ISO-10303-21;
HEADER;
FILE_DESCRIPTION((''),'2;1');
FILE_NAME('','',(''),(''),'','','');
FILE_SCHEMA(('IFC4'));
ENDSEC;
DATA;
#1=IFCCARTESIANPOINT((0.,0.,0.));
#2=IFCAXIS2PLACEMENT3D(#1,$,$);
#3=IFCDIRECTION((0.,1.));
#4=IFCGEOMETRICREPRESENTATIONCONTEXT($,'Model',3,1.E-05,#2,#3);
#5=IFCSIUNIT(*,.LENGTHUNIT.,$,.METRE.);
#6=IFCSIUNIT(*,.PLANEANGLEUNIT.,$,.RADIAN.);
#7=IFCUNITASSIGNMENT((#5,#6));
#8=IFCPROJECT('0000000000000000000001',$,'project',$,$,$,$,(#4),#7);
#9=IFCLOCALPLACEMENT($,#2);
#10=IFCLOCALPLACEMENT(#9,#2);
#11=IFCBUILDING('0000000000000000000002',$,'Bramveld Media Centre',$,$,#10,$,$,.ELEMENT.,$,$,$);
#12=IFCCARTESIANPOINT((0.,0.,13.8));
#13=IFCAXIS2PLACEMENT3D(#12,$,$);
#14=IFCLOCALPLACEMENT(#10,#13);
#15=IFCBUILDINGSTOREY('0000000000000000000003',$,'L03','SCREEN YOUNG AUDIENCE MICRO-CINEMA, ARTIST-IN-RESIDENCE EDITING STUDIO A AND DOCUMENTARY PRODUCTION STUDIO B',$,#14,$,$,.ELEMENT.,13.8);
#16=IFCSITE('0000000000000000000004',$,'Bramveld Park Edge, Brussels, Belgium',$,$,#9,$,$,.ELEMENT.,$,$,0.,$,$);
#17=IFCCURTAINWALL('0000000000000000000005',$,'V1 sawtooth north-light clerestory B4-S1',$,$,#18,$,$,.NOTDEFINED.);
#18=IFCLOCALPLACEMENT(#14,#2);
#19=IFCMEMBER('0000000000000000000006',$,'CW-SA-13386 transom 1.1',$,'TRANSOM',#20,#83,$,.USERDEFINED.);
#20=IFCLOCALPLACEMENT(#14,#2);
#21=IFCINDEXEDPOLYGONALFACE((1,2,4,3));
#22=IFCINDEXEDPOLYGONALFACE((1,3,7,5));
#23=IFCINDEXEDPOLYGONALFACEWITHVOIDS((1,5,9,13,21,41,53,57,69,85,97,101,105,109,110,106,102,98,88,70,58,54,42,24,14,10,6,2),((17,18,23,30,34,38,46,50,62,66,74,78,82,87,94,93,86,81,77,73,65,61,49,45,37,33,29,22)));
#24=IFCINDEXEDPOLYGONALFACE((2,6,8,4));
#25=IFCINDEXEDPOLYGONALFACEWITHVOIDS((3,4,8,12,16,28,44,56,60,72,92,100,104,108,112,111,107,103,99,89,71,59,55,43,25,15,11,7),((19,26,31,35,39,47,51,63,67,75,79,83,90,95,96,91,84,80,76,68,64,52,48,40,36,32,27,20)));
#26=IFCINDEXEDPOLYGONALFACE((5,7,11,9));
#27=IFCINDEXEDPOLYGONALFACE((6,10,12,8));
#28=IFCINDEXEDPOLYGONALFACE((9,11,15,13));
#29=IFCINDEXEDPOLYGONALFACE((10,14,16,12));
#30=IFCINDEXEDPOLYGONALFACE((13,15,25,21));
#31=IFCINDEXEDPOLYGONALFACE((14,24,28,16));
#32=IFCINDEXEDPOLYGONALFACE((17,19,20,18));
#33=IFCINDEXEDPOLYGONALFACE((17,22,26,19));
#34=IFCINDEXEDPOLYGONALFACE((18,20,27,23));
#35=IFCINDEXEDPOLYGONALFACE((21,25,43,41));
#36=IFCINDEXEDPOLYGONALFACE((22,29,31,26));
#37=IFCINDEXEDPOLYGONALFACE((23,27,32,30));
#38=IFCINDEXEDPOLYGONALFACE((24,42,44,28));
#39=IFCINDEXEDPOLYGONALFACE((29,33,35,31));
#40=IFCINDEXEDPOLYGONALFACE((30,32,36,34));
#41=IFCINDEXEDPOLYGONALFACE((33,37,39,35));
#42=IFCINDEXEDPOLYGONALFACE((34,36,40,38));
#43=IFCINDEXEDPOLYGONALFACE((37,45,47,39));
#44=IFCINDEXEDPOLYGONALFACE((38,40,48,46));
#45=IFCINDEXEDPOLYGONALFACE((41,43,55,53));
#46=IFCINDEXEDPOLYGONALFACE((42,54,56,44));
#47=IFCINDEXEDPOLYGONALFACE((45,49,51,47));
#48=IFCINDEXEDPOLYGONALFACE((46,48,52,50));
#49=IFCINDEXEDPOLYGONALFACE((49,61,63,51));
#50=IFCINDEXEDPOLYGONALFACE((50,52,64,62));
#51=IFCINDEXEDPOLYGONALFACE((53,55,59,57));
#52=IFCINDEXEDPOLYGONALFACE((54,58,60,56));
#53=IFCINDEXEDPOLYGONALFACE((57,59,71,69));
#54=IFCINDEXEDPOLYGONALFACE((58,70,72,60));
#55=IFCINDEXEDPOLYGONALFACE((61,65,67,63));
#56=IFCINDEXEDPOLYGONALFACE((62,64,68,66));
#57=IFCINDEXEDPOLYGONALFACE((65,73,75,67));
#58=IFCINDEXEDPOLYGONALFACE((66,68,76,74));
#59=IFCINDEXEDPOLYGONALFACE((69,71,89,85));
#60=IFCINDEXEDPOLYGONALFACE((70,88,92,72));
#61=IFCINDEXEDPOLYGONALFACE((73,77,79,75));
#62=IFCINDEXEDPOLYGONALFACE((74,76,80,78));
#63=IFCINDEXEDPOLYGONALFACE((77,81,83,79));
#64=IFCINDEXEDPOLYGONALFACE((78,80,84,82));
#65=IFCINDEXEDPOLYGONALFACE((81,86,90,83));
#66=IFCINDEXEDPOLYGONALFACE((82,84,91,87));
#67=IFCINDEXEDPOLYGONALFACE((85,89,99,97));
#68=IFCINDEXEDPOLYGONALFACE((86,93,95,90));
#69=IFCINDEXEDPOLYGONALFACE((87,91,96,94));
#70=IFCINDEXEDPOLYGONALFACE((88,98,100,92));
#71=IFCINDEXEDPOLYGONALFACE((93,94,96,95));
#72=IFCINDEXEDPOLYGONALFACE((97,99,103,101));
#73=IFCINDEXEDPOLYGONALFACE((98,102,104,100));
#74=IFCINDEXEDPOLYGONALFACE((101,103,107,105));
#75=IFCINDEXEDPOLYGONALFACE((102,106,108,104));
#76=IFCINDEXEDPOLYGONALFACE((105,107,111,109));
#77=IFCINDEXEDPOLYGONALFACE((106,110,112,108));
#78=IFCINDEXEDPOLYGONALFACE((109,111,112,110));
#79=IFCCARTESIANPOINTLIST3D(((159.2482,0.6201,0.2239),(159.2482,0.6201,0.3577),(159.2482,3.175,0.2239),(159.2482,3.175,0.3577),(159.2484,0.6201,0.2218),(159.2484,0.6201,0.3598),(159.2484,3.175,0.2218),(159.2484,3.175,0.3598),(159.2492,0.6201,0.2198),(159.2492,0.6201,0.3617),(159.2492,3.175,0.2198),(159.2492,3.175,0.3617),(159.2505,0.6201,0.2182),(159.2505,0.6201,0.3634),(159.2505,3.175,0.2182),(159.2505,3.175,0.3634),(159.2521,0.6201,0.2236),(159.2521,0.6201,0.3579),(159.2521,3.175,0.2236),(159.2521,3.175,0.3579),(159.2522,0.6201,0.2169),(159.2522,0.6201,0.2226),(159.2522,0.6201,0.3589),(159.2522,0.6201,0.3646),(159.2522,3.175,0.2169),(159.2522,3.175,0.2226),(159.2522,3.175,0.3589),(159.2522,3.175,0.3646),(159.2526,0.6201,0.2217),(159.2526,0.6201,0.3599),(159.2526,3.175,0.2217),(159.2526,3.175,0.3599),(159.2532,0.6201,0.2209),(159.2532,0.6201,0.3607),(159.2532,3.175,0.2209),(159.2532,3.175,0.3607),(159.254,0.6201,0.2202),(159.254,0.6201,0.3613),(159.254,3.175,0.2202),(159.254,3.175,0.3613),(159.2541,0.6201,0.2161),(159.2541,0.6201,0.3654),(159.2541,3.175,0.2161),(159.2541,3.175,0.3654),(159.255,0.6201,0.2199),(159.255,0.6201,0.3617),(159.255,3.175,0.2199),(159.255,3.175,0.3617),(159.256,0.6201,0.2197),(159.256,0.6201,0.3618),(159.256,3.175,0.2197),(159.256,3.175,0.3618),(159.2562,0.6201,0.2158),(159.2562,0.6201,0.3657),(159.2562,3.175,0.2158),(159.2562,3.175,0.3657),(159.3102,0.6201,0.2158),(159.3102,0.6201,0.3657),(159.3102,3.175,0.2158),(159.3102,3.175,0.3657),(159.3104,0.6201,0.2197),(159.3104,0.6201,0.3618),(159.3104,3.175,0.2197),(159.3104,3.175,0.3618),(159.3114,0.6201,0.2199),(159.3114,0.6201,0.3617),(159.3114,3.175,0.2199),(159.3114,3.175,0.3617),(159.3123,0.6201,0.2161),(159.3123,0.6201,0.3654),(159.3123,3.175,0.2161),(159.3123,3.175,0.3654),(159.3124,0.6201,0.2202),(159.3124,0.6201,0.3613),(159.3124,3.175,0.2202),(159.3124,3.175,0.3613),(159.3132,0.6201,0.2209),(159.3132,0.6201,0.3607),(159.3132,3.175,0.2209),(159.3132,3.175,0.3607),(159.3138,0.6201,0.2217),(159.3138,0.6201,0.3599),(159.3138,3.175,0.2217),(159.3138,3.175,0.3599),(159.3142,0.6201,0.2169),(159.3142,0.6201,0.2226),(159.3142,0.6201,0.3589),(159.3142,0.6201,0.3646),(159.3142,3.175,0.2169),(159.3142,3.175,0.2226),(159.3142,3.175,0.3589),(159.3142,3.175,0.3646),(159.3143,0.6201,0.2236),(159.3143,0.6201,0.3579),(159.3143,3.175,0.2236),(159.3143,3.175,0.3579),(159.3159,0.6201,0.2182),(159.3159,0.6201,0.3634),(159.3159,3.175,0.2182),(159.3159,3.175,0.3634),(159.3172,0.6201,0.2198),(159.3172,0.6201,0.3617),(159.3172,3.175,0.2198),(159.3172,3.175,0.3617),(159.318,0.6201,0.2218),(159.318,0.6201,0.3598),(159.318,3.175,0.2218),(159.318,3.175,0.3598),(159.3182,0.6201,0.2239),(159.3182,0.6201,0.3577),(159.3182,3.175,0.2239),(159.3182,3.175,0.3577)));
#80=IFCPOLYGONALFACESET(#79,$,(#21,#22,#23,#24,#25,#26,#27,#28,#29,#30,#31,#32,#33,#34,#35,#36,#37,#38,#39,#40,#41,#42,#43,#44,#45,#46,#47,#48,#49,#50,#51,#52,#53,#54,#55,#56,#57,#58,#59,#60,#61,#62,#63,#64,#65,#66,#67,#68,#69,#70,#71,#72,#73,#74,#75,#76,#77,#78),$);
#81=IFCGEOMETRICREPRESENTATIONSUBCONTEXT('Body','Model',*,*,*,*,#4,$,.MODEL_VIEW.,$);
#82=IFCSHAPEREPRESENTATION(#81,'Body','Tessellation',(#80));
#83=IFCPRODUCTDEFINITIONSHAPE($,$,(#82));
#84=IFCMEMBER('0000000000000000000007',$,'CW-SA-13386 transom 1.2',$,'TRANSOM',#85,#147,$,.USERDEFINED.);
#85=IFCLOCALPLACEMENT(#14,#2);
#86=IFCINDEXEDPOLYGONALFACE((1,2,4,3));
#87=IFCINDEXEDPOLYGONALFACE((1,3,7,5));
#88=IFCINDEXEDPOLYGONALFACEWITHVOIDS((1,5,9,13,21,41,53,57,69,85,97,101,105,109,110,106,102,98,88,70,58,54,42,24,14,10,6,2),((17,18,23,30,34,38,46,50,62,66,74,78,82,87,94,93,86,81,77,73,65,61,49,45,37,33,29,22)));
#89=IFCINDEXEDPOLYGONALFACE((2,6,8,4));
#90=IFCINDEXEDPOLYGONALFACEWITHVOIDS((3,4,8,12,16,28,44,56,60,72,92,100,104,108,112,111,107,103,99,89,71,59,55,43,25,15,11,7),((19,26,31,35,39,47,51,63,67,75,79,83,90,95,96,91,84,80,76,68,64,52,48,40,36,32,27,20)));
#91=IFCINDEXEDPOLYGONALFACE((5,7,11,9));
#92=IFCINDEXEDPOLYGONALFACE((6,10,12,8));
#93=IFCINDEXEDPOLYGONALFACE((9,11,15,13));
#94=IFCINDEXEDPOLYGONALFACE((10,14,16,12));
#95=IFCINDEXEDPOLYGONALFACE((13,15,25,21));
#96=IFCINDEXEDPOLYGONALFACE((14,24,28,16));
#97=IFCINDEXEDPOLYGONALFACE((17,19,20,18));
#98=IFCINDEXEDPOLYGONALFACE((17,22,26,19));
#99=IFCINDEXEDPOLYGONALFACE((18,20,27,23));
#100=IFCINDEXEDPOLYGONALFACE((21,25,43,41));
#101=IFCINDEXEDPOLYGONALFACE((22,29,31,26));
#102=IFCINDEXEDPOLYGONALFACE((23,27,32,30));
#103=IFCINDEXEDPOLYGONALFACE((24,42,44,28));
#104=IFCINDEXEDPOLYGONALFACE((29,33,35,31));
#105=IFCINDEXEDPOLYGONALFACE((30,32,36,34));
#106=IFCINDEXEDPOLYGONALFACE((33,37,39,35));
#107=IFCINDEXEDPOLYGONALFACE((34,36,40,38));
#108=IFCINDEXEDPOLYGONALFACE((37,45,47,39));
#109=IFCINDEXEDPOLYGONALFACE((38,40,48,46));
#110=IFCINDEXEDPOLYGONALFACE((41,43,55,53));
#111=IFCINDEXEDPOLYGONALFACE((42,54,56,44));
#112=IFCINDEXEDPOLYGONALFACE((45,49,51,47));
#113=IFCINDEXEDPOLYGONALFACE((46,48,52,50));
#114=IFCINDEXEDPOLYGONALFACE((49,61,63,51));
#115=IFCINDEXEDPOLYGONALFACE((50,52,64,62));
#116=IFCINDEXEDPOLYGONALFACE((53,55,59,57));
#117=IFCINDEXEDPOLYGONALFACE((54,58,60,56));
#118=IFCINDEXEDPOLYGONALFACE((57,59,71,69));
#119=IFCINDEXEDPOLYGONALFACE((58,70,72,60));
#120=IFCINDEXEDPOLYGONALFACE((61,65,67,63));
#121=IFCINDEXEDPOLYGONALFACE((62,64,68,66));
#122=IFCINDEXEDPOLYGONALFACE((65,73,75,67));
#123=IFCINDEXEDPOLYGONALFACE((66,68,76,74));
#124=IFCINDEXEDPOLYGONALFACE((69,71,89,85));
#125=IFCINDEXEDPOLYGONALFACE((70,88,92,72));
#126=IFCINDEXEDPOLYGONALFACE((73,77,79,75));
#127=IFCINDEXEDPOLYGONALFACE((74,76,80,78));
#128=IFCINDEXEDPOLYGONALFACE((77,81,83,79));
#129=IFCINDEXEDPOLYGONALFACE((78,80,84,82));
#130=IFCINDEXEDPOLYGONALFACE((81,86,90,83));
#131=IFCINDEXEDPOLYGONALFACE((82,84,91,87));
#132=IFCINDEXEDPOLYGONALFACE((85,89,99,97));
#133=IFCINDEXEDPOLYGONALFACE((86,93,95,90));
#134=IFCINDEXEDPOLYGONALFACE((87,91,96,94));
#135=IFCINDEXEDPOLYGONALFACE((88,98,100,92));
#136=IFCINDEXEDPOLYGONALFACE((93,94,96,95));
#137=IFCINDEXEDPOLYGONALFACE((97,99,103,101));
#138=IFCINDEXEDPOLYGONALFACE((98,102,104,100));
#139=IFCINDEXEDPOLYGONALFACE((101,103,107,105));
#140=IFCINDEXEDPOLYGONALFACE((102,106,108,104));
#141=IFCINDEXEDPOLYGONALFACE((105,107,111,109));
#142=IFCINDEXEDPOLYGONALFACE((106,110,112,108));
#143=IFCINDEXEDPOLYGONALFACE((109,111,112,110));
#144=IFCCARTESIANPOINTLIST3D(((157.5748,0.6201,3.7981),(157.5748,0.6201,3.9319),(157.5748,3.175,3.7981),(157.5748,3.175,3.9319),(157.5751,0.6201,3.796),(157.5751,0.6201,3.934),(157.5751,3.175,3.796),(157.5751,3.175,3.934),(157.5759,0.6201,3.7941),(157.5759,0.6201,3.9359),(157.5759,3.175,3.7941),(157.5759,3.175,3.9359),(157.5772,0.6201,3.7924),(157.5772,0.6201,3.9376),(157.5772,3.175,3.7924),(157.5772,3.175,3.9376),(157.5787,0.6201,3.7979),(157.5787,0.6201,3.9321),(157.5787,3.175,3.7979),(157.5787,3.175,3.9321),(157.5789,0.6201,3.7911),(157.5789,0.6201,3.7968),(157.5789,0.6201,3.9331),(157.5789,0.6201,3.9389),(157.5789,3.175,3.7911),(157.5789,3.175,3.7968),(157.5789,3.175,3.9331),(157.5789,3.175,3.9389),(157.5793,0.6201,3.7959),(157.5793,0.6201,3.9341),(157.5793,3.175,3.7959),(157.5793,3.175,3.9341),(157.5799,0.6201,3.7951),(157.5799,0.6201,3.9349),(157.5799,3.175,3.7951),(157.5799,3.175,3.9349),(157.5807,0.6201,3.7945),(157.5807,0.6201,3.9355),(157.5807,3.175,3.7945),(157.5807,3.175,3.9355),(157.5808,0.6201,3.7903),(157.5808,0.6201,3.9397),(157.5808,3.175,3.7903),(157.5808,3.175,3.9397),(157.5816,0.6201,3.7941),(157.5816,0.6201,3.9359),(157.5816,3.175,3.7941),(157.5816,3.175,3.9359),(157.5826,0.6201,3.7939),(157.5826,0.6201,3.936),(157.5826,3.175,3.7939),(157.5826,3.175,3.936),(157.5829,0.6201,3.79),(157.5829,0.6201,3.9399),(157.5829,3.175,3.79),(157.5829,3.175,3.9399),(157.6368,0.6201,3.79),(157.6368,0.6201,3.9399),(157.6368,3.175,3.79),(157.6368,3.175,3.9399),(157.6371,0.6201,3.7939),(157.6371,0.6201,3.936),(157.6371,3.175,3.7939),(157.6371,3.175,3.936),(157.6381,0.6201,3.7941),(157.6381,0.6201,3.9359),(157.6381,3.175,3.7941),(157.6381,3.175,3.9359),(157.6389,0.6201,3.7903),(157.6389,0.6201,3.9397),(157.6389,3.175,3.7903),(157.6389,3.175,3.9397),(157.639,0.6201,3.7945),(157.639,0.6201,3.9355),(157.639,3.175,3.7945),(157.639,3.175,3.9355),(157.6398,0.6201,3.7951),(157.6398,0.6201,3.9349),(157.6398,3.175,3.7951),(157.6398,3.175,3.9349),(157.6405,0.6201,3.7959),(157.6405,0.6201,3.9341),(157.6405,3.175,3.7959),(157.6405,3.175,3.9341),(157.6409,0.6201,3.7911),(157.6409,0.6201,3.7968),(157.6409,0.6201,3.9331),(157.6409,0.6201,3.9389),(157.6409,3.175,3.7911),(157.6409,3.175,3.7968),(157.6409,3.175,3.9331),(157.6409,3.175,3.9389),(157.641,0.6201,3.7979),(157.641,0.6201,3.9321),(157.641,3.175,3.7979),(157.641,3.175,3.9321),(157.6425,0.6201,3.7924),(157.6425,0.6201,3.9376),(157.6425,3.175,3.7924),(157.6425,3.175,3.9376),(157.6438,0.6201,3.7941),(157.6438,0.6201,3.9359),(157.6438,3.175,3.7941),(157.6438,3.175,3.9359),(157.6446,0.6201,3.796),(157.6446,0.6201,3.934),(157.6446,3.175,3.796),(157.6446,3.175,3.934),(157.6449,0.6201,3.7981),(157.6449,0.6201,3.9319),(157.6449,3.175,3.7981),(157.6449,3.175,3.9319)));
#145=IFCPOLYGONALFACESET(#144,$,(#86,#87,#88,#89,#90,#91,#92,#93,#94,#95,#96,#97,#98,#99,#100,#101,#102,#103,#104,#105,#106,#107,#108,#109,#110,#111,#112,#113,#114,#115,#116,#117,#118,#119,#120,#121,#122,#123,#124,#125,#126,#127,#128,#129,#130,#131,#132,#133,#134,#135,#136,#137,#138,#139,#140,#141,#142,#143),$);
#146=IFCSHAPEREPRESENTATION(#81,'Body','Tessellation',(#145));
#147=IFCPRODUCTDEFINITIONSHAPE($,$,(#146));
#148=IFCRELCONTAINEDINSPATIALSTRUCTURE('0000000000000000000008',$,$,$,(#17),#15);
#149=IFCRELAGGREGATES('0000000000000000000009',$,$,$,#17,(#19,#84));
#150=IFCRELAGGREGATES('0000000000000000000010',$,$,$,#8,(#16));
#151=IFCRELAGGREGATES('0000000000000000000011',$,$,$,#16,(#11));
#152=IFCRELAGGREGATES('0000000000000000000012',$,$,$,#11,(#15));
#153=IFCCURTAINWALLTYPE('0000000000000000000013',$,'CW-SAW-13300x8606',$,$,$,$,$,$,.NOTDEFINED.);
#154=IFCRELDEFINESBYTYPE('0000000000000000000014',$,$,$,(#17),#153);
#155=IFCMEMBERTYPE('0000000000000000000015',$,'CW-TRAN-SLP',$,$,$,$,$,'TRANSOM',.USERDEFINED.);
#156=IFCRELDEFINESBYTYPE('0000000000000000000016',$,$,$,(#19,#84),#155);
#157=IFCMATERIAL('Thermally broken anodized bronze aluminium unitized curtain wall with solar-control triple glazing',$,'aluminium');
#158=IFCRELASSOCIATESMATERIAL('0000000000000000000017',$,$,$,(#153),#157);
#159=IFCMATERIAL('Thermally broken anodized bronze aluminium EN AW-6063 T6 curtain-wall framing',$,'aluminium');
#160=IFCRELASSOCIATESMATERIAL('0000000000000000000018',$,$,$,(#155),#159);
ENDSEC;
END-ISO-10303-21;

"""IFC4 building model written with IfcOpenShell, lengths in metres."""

from ifc_helpers import new_model, si_unit, direction, frame, origin, origin_2d, place, context, subcontext, project, spatial, hollow_rectangle, extrude, material, material_profile, profile_set, type_object, element, aggregate, save


model = new_model("IFC4")

# Units and contexts
model_context = context("Model", 3, precision=1e-05, world=origin(), true_north=direction((0.0, 1.0)))
body_context = subcontext(model_context, "Body", "Model", "MODEL_VIEW")
ifc_project = project(units=[si_unit("LENGTHUNIT", "METRE"), si_unit("PLANEANGLEUNIT", "RADIAN")], contexts=[model_context])

# Site, building, storey
site_placement = place(None, origin())
site = spatial("IfcSite", under=ifc_project, at=site_placement, Name="Bramveld Park Edge, Brussels, Belgium", CompositionType="ELEMENT", RefElevation=0.0)
building_placement = place(site_placement, origin())
building = spatial("IfcBuilding", under=site, at=building_placement, Name="Bramveld Media Centre", CompositionType="ELEMENT")
storey_placement = place(building_placement, frame((0.0, 0.0, 13.8)))
storey = spatial("IfcBuildingStorey", under=building, at=storey_placement, Name="L03", Description="SCREEN YOUNG AUDIENCE MICRO-CINEMA, ARTIST-IN-RESIDENCE EDITING STUDIO A AND DOCUMENTARY PRODUCTION STUDIO B", CompositionType="ELEMENT", Elevation=13.8)

# Curtain wall, members
ifc_material_1 = material(Name="Thermally broken anodized bronze aluminium unitized curtain wall with solar-control triple glazing", Category="aluminium")
curtain_wall_type = type_object("IfcCurtainWallType", Name="CW-SAW-13300x8606", PredefinedType="NOTDEFINED", material=ifc_material_1)
curtain_wall_placement = place(storey_placement, origin())
curtain_wall = element("IfcCurtainWall", 1, at=curtain_wall_placement, inside=storey, type_object=curtain_wall_type, Name="V1 sawtooth north-light clerestory B4-S1", PredefinedType="NOTDEFINED")
ifc_material_2 = material(Name="Thermally broken anodized bronze aluminium EN AW-6063 T6 curtain-wall framing", Category="aluminium")
ifc_material_profile_1 = material_profile(ifc_material_2, hollow_rectangle(XDim=0.0701, YDim=0.1499, WallThickness=0.0039, InnerFilletRadius=0.0039, OuterFilletRadius=0.0081, at=origin_2d()), Name="AL-TRAN 70x150")
ifc_profile_set_1 = profile_set([ifc_material_profile_1], Name="Thermally broken anodized bronze aluminium EN AW-6063 T6 curtain-wall framing")
member_type_1 = type_object("IfcMemberType", Name="CW-TRAN-SLP", ElementType="TRANSOM", PredefinedType="USERDEFINED", material=ifc_profile_set_1)
member_1_placement = place(storey_placement, frame((159.2832, 0.6201, 0.2908), z_axis=(0.0, 1.0, 0.0), x_axis=(-1.0, 0.0, 0.0)))
member_1 = element("IfcMember", 2, at=member_1_placement, type_object=member_type_1, Name="CW-SA-13386 transom 1.1", ObjectType="TRANSOM", PredefinedType="USERDEFINED", context=body_context, shape_type="SweptSolid", body=[
    extrude(hollow_rectangle(XDim=0.0701, YDim=0.1499, WallThickness=0.0039, InnerFilletRadius=0.0039, OuterFilletRadius=0.0081, at=origin_2d()), origin(), (0.0, 0.0, 1.0), 2.5549),
])
member_2_placement = place(storey_placement, frame((157.6099, 0.6201, 3.865), z_axis=(0.0, 1.0, 0.0), x_axis=(-1.0, 0.0, 0.0)))
member_2 = element("IfcMember", 3, at=member_2_placement, type_object=member_type_1, Name="CW-SA-13386 transom 1.2", ObjectType="TRANSOM", PredefinedType="USERDEFINED", context=body_context, shape_type="SweptSolid", body=[
    extrude(hollow_rectangle(XDim=0.0701, YDim=0.1499, WallThickness=0.0039, InnerFilletRadius=0.0039, OuterFilletRadius=0.0081, at=origin_2d()), origin(), (0.0, 0.0, 1.0), 2.5549),
])

aggregate(curtain_wall, [member_1, member_2])

save(model, "model.ifc")
